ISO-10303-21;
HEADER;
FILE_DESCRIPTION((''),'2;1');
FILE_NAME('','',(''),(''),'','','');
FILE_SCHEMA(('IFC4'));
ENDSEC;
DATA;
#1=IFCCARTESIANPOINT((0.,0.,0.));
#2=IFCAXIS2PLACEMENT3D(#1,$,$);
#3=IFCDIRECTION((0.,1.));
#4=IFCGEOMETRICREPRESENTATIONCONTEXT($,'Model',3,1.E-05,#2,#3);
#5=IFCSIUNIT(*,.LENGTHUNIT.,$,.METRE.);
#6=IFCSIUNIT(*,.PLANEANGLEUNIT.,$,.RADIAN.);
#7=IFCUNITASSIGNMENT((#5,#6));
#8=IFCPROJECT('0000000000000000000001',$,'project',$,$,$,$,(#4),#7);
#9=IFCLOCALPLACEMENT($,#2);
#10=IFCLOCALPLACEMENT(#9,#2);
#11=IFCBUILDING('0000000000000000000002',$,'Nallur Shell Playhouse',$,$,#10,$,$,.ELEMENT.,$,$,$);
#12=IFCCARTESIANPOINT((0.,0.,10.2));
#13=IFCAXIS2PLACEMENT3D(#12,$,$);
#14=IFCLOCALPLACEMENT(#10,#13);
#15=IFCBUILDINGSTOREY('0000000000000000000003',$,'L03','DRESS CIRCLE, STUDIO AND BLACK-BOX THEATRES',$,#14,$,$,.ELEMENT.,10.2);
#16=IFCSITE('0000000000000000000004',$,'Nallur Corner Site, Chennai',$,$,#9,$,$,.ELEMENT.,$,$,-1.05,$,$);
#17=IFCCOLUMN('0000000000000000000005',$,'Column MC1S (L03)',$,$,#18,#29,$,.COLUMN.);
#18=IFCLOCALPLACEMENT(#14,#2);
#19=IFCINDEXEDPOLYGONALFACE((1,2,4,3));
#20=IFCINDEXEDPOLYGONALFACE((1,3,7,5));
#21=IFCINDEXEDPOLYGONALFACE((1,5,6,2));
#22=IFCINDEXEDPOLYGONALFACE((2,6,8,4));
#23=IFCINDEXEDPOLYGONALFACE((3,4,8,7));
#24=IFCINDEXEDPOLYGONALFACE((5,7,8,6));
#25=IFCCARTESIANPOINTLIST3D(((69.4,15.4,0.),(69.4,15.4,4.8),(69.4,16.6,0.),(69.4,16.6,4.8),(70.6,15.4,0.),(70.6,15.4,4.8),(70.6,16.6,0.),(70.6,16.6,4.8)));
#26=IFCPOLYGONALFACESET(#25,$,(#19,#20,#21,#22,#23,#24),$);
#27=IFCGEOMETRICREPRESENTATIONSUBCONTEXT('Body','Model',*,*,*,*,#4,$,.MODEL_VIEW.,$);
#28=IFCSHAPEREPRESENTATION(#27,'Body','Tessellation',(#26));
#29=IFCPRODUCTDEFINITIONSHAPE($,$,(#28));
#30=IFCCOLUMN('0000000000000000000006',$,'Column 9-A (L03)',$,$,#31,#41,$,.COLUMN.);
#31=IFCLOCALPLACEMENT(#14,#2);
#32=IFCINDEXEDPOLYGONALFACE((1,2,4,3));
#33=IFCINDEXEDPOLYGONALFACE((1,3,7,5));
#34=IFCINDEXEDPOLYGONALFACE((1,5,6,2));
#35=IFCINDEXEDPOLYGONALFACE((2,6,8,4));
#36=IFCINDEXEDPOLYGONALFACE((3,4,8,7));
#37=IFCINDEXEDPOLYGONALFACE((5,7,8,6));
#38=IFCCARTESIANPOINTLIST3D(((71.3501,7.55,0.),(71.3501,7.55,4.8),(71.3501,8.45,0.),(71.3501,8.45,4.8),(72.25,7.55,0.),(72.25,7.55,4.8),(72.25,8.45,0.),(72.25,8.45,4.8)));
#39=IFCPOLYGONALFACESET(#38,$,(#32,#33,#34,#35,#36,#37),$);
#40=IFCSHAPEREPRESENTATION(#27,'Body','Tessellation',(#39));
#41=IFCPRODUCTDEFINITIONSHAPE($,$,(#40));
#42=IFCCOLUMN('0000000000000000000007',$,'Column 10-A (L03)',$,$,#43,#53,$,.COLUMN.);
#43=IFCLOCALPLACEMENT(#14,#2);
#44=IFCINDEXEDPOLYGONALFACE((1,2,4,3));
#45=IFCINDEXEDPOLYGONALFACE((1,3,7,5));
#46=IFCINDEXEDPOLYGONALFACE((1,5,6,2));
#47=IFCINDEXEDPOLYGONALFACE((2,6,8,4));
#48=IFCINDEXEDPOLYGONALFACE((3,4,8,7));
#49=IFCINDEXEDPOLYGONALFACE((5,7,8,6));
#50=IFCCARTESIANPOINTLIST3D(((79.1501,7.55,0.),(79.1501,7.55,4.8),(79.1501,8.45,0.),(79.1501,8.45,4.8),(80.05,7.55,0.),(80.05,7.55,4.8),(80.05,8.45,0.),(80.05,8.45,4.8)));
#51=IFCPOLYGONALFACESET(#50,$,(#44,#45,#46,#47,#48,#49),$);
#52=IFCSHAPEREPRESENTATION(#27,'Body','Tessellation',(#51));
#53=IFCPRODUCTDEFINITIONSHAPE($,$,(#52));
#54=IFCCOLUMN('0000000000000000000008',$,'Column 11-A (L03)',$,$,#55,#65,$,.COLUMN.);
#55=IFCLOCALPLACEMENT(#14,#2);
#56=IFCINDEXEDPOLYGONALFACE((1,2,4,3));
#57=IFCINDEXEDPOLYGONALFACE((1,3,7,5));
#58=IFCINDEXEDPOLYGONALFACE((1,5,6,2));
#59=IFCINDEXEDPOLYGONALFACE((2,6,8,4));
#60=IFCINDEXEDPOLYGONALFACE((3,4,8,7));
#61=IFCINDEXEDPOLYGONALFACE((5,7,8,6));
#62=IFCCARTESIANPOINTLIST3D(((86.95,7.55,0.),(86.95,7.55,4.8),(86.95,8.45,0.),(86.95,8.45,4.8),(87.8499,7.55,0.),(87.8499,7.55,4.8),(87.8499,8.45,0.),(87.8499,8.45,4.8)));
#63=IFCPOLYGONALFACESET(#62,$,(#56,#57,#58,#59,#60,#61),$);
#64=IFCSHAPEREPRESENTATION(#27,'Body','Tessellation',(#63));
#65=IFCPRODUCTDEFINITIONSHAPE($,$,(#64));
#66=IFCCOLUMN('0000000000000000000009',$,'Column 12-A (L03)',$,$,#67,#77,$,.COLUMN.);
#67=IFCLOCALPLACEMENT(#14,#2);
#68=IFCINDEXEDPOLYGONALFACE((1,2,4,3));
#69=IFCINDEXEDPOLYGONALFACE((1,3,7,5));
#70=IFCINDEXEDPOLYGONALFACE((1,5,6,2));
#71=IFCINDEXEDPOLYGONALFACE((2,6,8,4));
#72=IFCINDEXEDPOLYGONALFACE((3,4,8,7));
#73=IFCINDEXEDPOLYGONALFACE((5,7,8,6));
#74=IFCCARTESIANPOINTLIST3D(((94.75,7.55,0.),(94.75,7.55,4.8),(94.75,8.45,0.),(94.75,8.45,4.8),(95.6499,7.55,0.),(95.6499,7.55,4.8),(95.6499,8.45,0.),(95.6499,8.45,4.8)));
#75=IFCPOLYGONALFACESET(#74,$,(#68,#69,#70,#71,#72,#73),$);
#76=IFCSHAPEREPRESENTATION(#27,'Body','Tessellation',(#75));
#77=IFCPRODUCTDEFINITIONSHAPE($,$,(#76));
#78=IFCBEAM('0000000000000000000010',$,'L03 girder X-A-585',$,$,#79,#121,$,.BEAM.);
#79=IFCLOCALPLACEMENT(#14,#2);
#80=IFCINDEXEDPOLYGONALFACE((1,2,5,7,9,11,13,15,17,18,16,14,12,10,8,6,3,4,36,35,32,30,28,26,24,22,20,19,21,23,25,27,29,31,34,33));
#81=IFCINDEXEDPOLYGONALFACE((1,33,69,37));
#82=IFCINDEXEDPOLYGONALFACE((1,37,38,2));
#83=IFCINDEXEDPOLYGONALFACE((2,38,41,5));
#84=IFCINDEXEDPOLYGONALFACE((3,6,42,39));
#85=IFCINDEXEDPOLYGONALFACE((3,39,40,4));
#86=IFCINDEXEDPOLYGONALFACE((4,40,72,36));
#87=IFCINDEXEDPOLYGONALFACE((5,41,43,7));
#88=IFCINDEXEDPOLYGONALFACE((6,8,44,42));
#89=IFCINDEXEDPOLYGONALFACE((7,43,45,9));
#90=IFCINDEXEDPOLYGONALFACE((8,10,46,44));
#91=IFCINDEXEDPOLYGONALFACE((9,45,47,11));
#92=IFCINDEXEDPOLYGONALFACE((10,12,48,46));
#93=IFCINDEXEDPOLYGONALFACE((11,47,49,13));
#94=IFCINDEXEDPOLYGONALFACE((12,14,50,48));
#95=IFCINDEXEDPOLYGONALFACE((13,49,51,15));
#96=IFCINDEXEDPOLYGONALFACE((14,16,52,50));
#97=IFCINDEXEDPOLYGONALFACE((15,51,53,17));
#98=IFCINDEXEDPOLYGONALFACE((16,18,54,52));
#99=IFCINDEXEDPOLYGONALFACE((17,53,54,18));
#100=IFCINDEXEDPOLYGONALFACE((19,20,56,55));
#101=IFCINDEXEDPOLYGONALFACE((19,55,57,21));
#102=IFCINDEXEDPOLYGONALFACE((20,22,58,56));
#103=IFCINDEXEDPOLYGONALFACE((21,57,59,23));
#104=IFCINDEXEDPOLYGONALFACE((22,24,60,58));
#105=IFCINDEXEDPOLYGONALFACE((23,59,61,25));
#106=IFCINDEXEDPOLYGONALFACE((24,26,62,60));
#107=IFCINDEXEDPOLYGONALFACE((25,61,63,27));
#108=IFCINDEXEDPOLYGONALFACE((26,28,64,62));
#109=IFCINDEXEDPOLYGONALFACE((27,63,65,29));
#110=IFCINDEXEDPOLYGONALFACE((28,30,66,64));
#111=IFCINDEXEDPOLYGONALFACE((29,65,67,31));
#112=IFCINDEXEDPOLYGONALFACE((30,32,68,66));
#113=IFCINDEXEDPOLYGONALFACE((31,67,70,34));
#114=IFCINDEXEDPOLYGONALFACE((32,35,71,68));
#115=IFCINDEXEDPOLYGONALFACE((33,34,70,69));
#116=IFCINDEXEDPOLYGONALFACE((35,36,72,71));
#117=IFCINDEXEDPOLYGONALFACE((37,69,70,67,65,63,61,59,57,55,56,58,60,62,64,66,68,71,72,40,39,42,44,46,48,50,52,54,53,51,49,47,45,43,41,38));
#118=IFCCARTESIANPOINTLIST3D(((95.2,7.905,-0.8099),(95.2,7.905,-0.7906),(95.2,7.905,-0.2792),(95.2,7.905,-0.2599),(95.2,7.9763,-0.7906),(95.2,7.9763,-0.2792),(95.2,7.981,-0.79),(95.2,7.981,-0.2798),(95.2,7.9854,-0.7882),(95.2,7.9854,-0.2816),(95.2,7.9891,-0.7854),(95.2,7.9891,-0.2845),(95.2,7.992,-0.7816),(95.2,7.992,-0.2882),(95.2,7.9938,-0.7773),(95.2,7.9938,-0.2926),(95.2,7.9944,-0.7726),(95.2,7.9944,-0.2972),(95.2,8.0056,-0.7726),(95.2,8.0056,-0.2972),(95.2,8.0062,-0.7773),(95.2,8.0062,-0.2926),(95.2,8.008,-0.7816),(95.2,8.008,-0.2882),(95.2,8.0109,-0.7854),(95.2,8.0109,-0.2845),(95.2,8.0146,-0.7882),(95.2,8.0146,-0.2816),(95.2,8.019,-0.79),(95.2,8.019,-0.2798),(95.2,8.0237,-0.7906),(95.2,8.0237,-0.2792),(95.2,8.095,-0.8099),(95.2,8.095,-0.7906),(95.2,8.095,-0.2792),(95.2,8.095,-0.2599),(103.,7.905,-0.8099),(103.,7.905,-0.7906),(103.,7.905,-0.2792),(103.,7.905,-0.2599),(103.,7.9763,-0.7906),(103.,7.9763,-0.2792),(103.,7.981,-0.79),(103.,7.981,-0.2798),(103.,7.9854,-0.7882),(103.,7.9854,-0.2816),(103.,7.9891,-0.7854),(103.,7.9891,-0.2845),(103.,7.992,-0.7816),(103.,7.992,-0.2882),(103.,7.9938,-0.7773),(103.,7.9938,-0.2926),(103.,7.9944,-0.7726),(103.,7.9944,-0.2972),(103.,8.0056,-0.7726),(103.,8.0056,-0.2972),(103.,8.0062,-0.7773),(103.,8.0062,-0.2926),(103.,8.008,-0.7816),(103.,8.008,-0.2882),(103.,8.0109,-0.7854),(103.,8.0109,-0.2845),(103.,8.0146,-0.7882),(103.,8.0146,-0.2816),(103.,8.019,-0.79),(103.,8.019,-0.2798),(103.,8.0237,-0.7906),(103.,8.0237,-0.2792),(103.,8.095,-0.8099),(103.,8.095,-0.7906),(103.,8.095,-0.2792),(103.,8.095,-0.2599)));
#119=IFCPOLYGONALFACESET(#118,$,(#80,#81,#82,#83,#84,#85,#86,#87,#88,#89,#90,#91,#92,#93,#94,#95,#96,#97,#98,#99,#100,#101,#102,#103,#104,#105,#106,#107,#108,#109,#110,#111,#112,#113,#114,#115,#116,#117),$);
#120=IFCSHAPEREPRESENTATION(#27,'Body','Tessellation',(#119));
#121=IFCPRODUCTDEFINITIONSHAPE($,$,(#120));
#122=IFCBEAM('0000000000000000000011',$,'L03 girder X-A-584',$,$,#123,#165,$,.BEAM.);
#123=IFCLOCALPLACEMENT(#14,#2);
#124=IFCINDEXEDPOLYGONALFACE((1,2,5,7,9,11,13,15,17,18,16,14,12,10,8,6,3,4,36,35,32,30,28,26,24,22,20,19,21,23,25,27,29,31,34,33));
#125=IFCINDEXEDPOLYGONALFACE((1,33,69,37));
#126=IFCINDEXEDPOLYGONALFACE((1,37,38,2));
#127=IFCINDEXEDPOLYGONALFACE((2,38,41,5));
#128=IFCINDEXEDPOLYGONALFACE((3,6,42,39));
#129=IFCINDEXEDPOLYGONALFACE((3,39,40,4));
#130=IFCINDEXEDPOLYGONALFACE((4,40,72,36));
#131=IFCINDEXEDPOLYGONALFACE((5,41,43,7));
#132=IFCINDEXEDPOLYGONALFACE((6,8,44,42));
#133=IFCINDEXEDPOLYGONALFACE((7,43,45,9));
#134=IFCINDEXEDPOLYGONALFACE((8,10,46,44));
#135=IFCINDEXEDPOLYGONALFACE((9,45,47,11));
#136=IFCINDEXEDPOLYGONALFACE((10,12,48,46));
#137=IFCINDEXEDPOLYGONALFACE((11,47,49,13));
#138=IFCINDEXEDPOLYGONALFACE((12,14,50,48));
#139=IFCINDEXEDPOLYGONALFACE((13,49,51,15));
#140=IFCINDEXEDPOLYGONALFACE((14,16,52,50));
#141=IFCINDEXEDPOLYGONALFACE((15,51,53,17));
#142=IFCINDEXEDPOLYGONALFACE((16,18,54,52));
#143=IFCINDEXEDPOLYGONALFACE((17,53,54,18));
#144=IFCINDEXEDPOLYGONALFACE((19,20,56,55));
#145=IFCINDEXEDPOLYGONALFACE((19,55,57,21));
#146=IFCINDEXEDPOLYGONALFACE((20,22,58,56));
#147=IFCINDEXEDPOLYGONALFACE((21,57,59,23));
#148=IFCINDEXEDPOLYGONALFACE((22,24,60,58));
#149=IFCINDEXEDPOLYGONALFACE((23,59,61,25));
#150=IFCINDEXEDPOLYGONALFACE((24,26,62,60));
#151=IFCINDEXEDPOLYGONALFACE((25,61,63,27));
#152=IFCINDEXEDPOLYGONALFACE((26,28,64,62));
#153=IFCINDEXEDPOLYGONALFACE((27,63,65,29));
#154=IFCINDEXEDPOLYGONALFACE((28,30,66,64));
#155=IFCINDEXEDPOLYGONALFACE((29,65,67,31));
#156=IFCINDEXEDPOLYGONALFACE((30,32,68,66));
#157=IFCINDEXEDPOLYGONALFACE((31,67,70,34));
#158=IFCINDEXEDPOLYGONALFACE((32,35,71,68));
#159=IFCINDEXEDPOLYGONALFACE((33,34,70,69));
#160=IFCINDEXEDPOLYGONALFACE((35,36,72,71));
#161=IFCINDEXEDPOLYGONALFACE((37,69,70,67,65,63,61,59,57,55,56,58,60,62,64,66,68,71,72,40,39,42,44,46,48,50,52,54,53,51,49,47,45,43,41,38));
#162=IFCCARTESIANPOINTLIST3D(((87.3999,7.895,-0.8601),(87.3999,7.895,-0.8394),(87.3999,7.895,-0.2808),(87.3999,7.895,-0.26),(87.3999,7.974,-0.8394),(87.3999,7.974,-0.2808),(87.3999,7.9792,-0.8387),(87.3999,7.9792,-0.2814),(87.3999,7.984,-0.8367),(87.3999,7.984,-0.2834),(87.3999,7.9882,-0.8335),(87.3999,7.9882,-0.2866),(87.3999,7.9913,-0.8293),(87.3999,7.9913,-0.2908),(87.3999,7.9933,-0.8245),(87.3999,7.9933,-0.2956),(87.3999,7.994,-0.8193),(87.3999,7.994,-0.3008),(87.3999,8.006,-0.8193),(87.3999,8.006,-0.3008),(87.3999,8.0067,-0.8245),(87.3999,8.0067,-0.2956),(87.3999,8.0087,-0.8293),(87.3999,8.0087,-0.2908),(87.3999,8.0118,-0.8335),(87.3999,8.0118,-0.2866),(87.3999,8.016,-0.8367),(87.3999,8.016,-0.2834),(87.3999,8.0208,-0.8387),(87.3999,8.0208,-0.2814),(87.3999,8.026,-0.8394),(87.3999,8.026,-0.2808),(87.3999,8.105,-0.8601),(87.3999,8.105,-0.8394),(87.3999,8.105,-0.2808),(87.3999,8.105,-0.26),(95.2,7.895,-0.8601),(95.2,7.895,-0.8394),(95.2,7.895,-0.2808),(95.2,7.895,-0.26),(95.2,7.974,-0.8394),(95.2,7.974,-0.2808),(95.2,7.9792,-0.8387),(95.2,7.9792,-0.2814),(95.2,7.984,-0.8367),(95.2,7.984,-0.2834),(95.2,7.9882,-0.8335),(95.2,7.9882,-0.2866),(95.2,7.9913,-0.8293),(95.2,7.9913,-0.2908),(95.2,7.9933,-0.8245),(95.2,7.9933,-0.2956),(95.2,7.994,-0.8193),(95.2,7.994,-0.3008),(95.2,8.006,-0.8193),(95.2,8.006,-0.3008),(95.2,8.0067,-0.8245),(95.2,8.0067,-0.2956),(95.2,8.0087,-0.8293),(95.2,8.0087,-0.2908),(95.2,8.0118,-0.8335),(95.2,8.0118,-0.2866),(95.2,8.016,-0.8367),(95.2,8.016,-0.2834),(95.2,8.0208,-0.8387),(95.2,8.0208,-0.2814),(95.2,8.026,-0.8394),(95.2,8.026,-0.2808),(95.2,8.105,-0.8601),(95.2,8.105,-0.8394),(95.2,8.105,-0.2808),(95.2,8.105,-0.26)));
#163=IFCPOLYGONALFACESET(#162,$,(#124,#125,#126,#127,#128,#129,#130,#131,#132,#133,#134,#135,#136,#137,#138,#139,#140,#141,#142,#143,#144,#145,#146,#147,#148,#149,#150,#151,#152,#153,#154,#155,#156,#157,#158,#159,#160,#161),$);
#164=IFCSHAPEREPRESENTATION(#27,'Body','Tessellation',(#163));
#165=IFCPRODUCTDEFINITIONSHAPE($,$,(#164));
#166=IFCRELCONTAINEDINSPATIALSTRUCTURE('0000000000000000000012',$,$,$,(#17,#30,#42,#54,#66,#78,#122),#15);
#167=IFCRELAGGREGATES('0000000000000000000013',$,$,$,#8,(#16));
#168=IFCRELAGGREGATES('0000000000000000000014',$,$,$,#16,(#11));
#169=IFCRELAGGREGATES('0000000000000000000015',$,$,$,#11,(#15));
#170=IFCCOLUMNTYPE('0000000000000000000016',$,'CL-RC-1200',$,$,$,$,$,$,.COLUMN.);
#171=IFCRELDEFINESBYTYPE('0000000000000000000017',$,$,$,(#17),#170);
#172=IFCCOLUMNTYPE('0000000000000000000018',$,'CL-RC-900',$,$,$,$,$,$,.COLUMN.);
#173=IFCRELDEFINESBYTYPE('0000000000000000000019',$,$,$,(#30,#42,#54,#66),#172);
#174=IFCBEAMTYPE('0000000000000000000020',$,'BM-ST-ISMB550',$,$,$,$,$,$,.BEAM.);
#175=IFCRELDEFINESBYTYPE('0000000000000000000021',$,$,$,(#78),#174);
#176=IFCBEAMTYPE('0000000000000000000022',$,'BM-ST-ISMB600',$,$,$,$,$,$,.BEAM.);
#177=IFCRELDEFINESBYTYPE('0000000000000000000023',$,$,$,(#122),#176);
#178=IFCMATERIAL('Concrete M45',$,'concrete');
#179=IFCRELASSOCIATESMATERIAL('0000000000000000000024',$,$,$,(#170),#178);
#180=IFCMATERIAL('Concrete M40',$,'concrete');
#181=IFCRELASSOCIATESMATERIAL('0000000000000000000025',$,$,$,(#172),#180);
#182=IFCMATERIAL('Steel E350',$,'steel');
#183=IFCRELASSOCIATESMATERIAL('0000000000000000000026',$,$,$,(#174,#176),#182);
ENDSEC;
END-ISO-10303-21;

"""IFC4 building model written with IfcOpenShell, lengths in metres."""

from ifc_helpers import new_model, si_unit, direction, frame, origin, origin_2d, place, context, subcontext, project, spatial, rectangle, i_section, extrude, material, material_profile, profile_set, type_object, element, save


model = new_model("IFC4")

# Units and contexts
model_context = context("Model", 3, precision=1e-05, world=origin(), true_north=direction((0.0, 1.0)))
body_context = subcontext(model_context, "Body", "Model", "MODEL_VIEW")
ifc_project = project(units=[si_unit("LENGTHUNIT", "METRE"), si_unit("PLANEANGLEUNIT", "RADIAN")], contexts=[model_context])

# Site, building, storey
site_placement = place(None, origin())
site = spatial("IfcSite", under=ifc_project, at=site_placement, Name="Nallur Corner Site, Chennai", CompositionType="ELEMENT", RefElevation=-1.05)
building_placement = place(site_placement, origin())
building = spatial("IfcBuilding", under=site, at=building_placement, Name="Nallur Shell Playhouse", CompositionType="ELEMENT")
storey_placement = place(building_placement, frame((0.0, 0.0, 10.2)))
storey = spatial("IfcBuildingStorey", under=building, at=storey_placement, Name="L03", Description="DRESS CIRCLE, STUDIO AND BLACK-BOX THEATRES", CompositionType="ELEMENT", Elevation=10.2)

# Columns
ifc_material_1 = material(Name="Concrete M45", Category="concrete")
ifc_material_profile_1 = material_profile(ifc_material_1, rectangle(XDim=1.2, YDim=1.2, at=origin_2d()), Name="RC 1200x1200")
ifc_profile_set_1 = profile_set([ifc_material_profile_1], Name="Concrete M45")
column_type_1 = type_object("IfcColumnType", Name="CL-RC-1200", PredefinedType="COLUMN", material=ifc_profile_set_1)
column_placement = place(storey_placement, frame((70.0, 16.0, 0.0), z_axis=(0.0, 0.0, 1.0), x_axis=(1.0, 0.0, 0.0)))
element("IfcColumn", 1, at=column_placement, inside=storey, type_object=column_type_1, Name="Column MC1S (L03)", PredefinedType="COLUMN", context=body_context, shape_type="SweptSolid", body=[
    extrude(rectangle(XDim=1.2, YDim=1.2, at=origin_2d()), origin(), (0.0, 0.0, 1.0), 4.8),
])
ifc_material_2 = material(Name="Concrete M40", Category="concrete")
ifc_material_profile_2 = material_profile(ifc_material_2, rectangle(XDim=0.8999, YDim=0.8999, at=origin_2d()), Name="RC 900x900")
ifc_profile_set_2 = profile_set([ifc_material_profile_2], Name="Concrete M40")
column_type_2 = type_object("IfcColumnType", Name="CL-RC-900", PredefinedType="COLUMN", material=ifc_profile_set_2)
for number, where, z_axis, x_axis, name in (
    (2, (71.8, 8.0, 0.0), (0.0, 0.0, 1.0), (1.0, 0.0, 0.0), "Column 9-A (L03)"),
    (3, (79.6001, 8.0, 0.0), (0.0, 0.0, 1.0), (1.0, 0.0, 0.0), "Column 10-A (L03)"),
    (4, (87.3999, 8.0, 0.0), (0.0, 0.0, 1.0), (1.0, 0.0, 0.0), "Column 11-A (L03)"),
    (5, (95.2, 8.0, 0.0), (0.0, 0.0, 1.0), (1.0, 0.0, 0.0), "Column 12-A (L03)"),
):
    element("IfcColumn", number, at=place(storey_placement, frame(where, z_axis=z_axis, x_axis=x_axis)), inside=storey, type_object=column_type_2, Name=name, PredefinedType="COLUMN", context=body_context, shape_type="SweptSolid", body=[
        extrude(rectangle(XDim=0.8999, YDim=0.8999, at=origin_2d()), origin(), (0.0, 0.0, 1.0), 4.8),
    ])

# Beams
ifc_material_3 = material(Name="Steel E350", Category="steel")
ifc_material_profile_3 = material_profile(ifc_material_3, i_section(OverallWidth=0.1899, OverallDepth=0.55, WebThickness=0.0112, FlangeThickness=0.0193, FilletRadius=0.0181, at=origin_2d()), Name="ISMB 550")
ifc_profile_set_3 = profile_set([ifc_material_profile_3], Name="Steel E350")
beam_type_1 = type_object("IfcBeamType", Name="BM-ST-ISMB550", PredefinedType="BEAM", material=ifc_profile_set_3)
beam_1_placement = place(storey_placement, frame((95.2, 8.0, -0.5349), z_axis=(1.0, 0.0, 0.0), x_axis=(0.0, 1.0, 0.0)))
element("IfcBeam", 6, at=beam_1_placement, inside=storey, type_object=beam_type_1, Name="L03 girder X-A-585", PredefinedType="BEAM", context=body_context, shape_type="SweptSolid", body=[
    extrude(i_section(OverallWidth=0.1899, OverallDepth=0.55, WebThickness=0.0112, FlangeThickness=0.0193, FilletRadius=0.0181, at=origin_2d()), origin(), (0.0, 0.0, 1.0), 7.8),
])
ifc_material_profile_4 = material_profile(ifc_material_3, i_section(OverallWidth=0.21, OverallDepth=0.6001, WebThickness=0.012, FlangeThickness=0.0208, FilletRadius=0.02, at=origin_2d()), Name="ISMB 600")
ifc_profile_set_4 = profile_set([ifc_material_profile_4], Name="Steel E350")
beam_type_2 = type_object("IfcBeamType", Name="BM-ST-ISMB600", PredefinedType="BEAM", material=ifc_profile_set_4)
beam_2_placement = place(storey_placement, frame((87.3999, 8.0, -0.5601), z_axis=(1.0, 0.0, 0.0), x_axis=(0.0, 1.0, 0.0)))
element("IfcBeam", 7, at=beam_2_placement, inside=storey, type_object=beam_type_2, Name="L03 girder X-A-584", PredefinedType="BEAM", context=body_context, shape_type="SweptSolid", body=[
    extrude(i_section(OverallWidth=0.21, OverallDepth=0.6001, WebThickness=0.012, FlangeThickness=0.0208, FilletRadius=0.02, at=origin_2d()), origin(), (0.0, 0.0, 1.0), 7.8),
])

save(model, "model.ifc")
